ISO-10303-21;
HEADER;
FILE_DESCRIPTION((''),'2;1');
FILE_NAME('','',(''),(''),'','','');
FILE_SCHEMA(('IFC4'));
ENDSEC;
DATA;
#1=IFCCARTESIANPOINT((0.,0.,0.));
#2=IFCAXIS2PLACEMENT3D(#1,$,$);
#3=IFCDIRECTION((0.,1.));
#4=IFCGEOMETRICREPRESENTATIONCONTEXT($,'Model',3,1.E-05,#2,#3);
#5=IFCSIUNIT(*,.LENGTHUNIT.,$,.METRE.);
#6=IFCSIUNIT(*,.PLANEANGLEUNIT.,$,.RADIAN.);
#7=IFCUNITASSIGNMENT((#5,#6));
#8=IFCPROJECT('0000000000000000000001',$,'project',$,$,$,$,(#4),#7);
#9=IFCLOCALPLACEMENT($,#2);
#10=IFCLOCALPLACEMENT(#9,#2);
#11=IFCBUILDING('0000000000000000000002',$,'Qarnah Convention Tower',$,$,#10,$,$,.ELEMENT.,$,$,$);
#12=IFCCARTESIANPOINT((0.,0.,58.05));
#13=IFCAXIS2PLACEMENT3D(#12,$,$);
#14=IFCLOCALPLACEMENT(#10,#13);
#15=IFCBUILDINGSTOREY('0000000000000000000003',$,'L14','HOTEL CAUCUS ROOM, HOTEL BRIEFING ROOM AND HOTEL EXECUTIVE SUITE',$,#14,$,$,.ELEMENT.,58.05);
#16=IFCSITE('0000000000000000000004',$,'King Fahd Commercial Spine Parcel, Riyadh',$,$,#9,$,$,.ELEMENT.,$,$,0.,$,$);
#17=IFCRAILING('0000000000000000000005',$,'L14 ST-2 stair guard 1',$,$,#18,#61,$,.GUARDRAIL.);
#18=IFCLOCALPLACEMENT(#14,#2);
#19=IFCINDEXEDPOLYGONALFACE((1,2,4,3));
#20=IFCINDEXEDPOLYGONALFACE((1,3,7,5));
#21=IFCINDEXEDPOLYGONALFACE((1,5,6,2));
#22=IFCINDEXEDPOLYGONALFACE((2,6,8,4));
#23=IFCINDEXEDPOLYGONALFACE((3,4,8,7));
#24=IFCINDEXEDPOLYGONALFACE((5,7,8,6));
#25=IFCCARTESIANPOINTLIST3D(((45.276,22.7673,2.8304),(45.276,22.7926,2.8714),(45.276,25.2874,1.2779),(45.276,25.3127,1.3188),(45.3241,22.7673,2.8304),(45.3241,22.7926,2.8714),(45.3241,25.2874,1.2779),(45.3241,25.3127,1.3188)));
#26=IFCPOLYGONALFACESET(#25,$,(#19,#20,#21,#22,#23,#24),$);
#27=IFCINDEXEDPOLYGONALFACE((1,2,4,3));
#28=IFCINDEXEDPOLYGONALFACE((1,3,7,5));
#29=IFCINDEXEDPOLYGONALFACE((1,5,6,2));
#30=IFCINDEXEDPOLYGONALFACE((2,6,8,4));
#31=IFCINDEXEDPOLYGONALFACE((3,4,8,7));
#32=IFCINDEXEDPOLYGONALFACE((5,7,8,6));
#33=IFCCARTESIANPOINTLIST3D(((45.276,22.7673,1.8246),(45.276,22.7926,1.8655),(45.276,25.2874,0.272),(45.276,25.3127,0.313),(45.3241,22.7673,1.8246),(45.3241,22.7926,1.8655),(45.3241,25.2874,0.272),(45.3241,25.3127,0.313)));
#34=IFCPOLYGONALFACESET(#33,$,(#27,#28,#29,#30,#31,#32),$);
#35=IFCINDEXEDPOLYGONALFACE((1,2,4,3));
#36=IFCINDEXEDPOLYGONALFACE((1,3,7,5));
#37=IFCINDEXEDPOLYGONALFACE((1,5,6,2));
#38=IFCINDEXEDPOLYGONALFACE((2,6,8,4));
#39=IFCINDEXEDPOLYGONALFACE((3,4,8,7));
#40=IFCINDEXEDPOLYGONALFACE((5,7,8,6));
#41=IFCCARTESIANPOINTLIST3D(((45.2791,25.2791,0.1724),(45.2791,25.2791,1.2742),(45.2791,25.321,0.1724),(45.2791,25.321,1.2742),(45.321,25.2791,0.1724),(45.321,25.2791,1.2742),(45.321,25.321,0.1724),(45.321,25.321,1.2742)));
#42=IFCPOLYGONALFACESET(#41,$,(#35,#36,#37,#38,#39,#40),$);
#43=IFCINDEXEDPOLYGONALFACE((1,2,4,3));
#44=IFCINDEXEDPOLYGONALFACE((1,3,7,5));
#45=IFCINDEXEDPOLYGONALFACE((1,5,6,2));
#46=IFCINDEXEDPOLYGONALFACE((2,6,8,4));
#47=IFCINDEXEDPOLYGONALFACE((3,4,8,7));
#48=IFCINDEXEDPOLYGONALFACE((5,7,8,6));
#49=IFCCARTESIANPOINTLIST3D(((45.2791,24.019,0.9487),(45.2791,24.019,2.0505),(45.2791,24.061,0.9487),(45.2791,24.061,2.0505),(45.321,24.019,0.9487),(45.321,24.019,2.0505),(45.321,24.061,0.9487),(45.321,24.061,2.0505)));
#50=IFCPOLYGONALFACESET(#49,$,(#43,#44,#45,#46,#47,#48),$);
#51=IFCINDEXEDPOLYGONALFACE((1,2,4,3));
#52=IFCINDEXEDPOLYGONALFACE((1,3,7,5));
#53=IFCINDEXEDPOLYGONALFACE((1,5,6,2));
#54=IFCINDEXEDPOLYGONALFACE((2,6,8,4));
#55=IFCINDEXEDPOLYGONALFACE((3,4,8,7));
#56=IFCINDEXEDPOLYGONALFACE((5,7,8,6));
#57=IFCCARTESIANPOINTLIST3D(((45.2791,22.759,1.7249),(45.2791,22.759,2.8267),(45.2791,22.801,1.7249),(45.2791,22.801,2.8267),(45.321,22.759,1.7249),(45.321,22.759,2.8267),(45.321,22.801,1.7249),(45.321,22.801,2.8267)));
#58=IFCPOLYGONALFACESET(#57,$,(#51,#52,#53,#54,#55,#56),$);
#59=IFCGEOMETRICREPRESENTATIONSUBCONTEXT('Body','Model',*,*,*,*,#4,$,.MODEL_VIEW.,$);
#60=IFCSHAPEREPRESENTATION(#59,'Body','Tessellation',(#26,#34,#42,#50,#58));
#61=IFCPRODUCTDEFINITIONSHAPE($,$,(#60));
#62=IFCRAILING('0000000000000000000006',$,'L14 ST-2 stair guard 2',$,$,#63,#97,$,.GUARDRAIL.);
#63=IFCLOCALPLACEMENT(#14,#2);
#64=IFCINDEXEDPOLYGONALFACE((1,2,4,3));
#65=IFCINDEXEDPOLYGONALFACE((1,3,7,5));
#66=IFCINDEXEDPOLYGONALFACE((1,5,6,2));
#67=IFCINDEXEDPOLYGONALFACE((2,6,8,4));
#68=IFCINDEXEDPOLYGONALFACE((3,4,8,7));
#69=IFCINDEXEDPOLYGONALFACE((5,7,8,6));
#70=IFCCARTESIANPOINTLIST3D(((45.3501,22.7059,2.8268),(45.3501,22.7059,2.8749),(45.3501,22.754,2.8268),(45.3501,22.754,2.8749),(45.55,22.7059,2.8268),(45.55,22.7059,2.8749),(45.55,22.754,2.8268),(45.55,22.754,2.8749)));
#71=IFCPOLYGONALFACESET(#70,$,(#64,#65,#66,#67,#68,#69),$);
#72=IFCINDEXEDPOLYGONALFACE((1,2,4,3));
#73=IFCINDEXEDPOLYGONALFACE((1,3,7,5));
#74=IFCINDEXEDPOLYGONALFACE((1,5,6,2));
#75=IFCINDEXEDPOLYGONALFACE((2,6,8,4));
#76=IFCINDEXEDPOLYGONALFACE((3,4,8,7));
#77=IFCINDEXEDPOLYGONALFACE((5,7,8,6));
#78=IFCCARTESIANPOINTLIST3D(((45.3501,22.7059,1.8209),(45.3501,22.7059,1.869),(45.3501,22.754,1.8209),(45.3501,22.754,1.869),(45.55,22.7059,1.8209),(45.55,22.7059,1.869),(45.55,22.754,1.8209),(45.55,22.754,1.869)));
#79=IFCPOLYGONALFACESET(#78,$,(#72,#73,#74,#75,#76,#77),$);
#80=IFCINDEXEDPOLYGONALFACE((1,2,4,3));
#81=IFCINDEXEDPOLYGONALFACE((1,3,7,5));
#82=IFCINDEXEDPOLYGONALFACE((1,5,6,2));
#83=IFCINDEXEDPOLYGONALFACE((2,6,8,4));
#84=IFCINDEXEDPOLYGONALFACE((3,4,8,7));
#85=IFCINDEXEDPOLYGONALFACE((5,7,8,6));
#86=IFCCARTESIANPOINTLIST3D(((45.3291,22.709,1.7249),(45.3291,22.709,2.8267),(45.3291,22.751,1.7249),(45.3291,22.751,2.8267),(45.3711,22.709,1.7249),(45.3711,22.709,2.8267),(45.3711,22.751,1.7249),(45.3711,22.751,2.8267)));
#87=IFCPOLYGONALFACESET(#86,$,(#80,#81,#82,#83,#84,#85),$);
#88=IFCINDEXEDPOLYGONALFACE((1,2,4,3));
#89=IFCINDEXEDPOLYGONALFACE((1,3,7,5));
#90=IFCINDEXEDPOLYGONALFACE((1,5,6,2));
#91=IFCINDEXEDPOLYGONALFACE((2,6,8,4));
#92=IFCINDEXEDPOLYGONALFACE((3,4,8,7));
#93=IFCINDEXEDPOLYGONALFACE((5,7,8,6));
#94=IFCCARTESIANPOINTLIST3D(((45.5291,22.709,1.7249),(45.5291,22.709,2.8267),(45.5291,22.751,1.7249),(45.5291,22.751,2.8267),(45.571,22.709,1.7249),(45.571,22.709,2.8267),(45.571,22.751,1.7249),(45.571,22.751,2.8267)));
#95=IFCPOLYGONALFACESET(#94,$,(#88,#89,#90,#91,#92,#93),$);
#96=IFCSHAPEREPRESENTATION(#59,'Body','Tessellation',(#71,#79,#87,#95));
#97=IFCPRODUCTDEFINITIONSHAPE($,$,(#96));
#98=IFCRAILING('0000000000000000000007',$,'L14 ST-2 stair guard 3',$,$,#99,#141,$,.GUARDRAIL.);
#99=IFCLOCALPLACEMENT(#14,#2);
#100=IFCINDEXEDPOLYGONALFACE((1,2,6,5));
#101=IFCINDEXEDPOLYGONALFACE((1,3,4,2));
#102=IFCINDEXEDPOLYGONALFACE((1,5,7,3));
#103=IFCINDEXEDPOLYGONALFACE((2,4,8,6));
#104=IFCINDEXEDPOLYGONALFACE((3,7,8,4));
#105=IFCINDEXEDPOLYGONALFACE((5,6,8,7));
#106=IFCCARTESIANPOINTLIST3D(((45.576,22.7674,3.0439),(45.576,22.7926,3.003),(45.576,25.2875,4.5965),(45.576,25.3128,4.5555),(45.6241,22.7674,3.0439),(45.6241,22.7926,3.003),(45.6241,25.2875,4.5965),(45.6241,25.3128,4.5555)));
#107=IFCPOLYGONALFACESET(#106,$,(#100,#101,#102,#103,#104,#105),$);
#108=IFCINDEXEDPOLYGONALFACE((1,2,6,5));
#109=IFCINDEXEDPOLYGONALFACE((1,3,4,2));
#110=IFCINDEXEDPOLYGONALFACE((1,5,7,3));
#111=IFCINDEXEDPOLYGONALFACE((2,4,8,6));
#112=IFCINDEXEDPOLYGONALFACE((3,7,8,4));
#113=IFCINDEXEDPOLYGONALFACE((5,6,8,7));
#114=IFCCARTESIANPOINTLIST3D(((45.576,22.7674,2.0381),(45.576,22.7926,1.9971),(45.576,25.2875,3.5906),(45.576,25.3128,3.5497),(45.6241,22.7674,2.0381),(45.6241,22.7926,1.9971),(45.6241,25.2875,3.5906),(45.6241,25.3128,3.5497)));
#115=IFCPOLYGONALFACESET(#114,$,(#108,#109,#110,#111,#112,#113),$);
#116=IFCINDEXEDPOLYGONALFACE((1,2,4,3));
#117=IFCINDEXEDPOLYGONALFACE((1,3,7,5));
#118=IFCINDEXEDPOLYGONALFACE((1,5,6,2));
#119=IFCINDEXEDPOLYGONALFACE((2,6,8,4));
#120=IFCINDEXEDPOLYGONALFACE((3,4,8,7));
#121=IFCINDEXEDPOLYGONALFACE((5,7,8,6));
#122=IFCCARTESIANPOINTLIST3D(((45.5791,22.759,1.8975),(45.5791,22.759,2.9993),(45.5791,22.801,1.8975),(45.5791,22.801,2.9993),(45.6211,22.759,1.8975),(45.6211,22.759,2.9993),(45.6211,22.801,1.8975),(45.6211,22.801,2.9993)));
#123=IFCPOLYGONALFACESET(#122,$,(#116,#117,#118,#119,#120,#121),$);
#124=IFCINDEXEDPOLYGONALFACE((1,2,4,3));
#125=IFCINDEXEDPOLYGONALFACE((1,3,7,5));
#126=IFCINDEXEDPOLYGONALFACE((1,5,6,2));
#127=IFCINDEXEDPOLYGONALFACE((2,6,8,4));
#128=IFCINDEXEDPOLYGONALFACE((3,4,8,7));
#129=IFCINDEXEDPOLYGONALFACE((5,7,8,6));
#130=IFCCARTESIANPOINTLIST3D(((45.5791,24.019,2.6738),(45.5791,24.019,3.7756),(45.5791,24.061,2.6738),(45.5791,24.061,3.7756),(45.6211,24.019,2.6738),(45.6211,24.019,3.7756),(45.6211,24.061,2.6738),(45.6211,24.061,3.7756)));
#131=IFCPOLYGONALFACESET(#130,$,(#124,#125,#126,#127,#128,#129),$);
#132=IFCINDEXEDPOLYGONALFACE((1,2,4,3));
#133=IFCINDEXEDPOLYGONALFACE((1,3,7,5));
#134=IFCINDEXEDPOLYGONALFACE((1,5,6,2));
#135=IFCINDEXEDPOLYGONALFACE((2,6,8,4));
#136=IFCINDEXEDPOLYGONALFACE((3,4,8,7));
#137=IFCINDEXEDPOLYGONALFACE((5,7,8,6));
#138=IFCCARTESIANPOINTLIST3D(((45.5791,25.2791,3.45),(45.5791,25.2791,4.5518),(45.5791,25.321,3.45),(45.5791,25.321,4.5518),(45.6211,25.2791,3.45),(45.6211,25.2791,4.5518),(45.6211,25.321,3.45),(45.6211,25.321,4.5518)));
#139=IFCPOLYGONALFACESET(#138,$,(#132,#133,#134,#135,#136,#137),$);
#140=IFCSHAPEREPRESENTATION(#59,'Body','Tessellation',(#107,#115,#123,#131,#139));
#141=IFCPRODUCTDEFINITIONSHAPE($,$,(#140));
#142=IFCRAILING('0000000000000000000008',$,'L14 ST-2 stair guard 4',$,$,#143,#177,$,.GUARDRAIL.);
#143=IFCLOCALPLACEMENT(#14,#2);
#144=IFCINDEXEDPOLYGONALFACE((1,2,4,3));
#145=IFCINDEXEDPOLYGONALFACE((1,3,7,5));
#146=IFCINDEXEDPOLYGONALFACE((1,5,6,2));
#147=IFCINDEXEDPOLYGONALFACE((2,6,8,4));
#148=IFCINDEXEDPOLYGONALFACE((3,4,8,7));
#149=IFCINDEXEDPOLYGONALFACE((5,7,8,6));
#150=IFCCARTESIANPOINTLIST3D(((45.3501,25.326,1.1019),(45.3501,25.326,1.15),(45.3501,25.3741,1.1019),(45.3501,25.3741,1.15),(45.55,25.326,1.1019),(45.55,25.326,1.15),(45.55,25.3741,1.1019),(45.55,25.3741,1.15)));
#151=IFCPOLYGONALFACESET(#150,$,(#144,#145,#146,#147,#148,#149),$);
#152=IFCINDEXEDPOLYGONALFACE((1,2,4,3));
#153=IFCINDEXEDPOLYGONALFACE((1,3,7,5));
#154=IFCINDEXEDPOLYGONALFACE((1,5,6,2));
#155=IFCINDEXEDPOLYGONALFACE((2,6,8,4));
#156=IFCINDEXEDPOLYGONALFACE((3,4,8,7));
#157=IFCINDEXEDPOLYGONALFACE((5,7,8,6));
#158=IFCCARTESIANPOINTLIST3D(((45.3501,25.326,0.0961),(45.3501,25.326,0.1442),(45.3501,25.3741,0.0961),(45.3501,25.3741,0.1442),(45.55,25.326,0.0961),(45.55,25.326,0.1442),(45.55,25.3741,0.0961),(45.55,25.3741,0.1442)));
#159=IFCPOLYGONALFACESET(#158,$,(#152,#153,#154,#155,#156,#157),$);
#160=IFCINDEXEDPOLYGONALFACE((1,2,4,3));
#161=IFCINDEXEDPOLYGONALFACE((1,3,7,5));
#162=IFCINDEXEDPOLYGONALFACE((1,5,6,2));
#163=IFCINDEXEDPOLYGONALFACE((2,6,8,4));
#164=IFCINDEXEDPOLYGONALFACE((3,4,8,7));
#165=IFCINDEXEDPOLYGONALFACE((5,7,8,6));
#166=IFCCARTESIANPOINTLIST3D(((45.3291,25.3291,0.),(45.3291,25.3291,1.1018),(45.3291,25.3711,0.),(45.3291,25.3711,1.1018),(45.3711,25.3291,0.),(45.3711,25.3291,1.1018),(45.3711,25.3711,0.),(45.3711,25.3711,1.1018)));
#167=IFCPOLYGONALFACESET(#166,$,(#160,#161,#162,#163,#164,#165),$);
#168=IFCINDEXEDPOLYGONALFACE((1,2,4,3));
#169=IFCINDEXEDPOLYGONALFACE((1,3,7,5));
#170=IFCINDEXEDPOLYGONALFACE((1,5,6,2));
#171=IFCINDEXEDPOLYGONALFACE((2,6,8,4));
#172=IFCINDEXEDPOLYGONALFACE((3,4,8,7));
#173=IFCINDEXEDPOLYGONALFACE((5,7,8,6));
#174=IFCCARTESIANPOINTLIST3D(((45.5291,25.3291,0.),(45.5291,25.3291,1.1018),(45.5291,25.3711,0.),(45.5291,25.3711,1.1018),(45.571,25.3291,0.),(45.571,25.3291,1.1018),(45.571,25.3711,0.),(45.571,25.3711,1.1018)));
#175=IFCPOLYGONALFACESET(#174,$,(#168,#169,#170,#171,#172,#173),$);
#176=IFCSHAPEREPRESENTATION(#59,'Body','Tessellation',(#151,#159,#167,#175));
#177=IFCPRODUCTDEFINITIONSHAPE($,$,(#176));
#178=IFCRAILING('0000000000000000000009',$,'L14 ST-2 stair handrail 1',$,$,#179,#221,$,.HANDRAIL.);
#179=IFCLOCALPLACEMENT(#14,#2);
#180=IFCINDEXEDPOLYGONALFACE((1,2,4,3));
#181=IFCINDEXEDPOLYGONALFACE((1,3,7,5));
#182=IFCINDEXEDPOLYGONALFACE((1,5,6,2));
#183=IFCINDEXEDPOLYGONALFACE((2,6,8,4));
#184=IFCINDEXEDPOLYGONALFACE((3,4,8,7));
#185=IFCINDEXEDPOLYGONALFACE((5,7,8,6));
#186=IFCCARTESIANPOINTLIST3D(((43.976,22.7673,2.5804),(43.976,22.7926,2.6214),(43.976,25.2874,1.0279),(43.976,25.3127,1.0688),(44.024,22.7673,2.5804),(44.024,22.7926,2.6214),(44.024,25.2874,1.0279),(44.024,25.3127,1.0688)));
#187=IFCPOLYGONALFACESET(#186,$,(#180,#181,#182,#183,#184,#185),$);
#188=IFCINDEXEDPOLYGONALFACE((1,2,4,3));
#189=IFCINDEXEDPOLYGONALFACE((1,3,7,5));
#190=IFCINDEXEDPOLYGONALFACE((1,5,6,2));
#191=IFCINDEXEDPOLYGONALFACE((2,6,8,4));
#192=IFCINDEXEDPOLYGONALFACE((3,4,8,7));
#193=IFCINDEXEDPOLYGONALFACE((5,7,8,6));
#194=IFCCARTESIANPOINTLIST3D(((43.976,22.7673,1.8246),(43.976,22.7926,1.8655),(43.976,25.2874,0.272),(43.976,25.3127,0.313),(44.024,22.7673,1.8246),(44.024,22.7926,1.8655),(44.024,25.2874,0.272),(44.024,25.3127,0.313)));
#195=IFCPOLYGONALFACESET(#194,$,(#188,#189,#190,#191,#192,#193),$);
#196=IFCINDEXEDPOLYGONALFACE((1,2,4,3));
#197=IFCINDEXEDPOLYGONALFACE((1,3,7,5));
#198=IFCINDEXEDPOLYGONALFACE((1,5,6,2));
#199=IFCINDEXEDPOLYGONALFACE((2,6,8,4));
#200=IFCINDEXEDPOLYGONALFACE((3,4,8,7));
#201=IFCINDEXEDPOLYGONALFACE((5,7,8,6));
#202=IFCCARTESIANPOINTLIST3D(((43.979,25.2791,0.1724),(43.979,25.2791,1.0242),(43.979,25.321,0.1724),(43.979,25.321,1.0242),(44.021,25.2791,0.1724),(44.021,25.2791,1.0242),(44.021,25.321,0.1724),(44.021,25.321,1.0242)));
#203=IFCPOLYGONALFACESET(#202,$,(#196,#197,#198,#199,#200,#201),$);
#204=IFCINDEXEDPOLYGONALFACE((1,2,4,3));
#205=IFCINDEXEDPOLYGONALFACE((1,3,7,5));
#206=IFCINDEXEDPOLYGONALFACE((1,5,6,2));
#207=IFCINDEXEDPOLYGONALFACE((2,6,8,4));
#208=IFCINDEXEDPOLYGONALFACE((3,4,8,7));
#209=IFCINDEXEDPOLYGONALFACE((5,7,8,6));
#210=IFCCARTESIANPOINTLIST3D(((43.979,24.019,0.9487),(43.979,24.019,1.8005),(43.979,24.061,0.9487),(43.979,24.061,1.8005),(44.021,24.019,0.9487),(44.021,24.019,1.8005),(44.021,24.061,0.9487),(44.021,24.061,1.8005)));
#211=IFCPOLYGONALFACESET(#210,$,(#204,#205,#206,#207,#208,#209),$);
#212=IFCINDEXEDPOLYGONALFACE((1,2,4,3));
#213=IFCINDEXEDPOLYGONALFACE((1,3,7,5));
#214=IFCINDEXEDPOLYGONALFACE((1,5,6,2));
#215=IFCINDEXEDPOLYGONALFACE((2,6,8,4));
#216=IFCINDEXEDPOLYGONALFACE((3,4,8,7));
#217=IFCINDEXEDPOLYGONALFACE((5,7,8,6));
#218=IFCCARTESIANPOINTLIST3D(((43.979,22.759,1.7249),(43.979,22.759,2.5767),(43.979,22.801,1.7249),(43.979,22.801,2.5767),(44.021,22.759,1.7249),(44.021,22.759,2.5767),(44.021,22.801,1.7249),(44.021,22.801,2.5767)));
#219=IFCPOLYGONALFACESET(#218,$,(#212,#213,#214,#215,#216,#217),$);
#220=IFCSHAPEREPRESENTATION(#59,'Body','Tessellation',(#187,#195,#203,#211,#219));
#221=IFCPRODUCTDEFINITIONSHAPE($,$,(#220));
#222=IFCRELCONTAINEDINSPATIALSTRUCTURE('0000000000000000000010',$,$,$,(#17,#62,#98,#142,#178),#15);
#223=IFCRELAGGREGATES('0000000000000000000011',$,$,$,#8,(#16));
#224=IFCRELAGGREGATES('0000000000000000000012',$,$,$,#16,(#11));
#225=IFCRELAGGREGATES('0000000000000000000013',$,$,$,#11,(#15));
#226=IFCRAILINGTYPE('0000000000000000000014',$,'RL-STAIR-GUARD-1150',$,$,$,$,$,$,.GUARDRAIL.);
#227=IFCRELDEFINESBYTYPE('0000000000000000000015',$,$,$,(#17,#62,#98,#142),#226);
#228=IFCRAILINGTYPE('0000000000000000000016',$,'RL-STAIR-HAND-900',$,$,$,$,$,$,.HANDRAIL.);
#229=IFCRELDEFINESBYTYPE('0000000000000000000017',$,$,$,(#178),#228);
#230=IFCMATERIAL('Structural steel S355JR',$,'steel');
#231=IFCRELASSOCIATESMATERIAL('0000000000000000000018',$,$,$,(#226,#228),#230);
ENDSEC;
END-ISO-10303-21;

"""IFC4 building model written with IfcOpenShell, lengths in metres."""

from ifc_helpers import new_model, si_unit, direction, frame, origin, origin_2d, place, context, subcontext, project, spatial, rectangle, extrude, material, type_object, element, save


model = new_model("IFC4")

# Units and contexts
model_context = context("Model", 3, precision=1e-05, world=origin(), true_north=direction((0.0, 1.0)))
body_context = subcontext(model_context, "Body", "Model", "MODEL_VIEW")
ifc_project = project(units=[si_unit("LENGTHUNIT", "METRE"), si_unit("PLANEANGLEUNIT", "RADIAN")], contexts=[model_context])

# Site, building, storey
site_placement = place(None, origin())
site = spatial("IfcSite", under=ifc_project, at=site_placement, Name="King Fahd Commercial Spine Parcel, Riyadh", CompositionType="ELEMENT", RefElevation=0.0)
building_placement = place(site_placement, origin())
building = spatial("IfcBuilding", under=site, at=building_placement, Name="Qarnah Convention Tower", CompositionType="ELEMENT")
storey_placement = place(building_placement, frame((0.0, 0.0, 58.05)))
storey = spatial("IfcBuildingStorey", under=building, at=storey_placement, Name="L14", Description="HOTEL CAUCUS ROOM, HOTEL BRIEFING ROOM AND HOTEL EXECUTIVE SUITE", CompositionType="ELEMENT", Elevation=58.05)

# Shared definitions
ifc_material_1 = material(Name="Structural steel S355JR", Category="steel")

# Railings
railing_type_1 = type_object("IfcRailingType", Name="RL-STAIR-GUARD-1150", PredefinedType="GUARDRAIL", material=ifc_material_1)
railing_1_placement = place(storey_placement, frame((45.3, 25.3, 0.1724)))
element("IfcRailing", 1, at=railing_1_placement, inside=storey, type_object=railing_type_1, Name="L14 ST-2 stair guard 1", PredefinedType="GUARDRAIL", context=body_context, shape_type="SweptSolid", body=[
    extrude(rectangle(XDim=0.0481, YDim=0.0481, at=origin_2d()), frame((0.0, 0.0, 1.126), z_axis=(0.0, -0.8514, 0.524516), x_axis=(1.0, 0.0, 0.0)), (0.0, 0.0, 1.0), 2.96),
    extrude(rectangle(XDim=0.0481, YDim=0.0481, at=origin_2d()), frame((0.0, 0.0, 0.1201), z_axis=(0.0, -0.8514, 0.524516), x_axis=(1.0, 0.0, 0.0)), (0.0, 0.0, 1.0), 2.96),
    extrude(rectangle(XDim=0.042, YDim=0.042, at=origin_2d()), origin(), (0.0, 0.0, 1.0), 1.1018),
    extrude(rectangle(XDim=0.042, YDim=0.042, at=origin_2d()), frame((0.0, -1.26, 0.7764)), (0.0, 0.0, 1.0), 1.1018),
    extrude(rectangle(XDim=0.042, YDim=0.042, at=origin_2d()), frame((0.0, -2.52, 1.5525)), (0.0, 0.0, 1.0), 1.1018),
])
railing_2_placement = place(storey_placement, frame((45.3501, 22.73, 1.7249)))
element("IfcRailing", 2, at=railing_2_placement, inside=storey, type_object=railing_type_1, Name="L14 ST-2 stair guard 2", PredefinedType="GUARDRAIL", context=body_context, shape_type="SweptSolid", body=[
    extrude(rectangle(XDim=0.0481, YDim=0.0481, at=origin_2d()), frame((0.0, 0.0, 1.126), z_axis=(1.0, 0.0, 0.0), x_axis=(0.0, 1.0, 0.0)), (0.0, 0.0, 1.0), 0.2),
    extrude(rectangle(XDim=0.0481, YDim=0.0481, at=origin_2d()), frame((0.0, 0.0, 0.1201), z_axis=(1.0, 0.0, 0.0), x_axis=(0.0, 1.0, 0.0)), (0.0, 0.0, 1.0), 0.2),
    extrude(rectangle(XDim=0.042, YDim=0.042, at=origin_2d()), origin(), (0.0, 0.0, 1.0), 1.1018),
    extrude(rectangle(XDim=0.042, YDim=0.042, at=origin_2d()), frame((0.2, 0.0, 0.0)), (0.0, 0.0, 1.0), 1.1018),
])
railing_3_placement = place(storey_placement, frame((45.6001, 22.78, 1.8975)))
element("IfcRailing", 3, at=railing_3_placement, inside=storey, type_object=railing_type_1, Name="L14 ST-2 stair guard 3", PredefinedType="GUARDRAIL", context=body_context, shape_type="SweptSolid", body=[
    extrude(rectangle(XDim=0.0481, YDim=0.0481, at=origin_2d()), frame((0.0, 0.0, 1.126), z_axis=(0.0, 0.8514, 0.524516), x_axis=(-1.0, 0.0, 0.0)), (0.0, 0.0, 1.0), 2.96),
    extrude(rectangle(XDim=0.0481, YDim=0.0481, at=origin_2d()), frame((0.0, 0.0, 0.1201), z_axis=(0.0, 0.8514, 0.524516), x_axis=(-1.0, 0.0, 0.0)), (0.0, 0.0, 1.0), 2.96),
    extrude(rectangle(XDim=0.042, YDim=0.042, at=origin_2d()), origin(), (0.0, 0.0, 1.0), 1.1018),
    extrude(rectangle(XDim=0.042, YDim=0.042, at=origin_2d()), frame((0.0, 1.26, 0.7764)), (0.0, 0.0, 1.0), 1.1018),
    extrude(rectangle(XDim=0.042, YDim=0.042, at=origin_2d()), frame((0.0, 2.52, 1.5525)), (0.0, 0.0, 1.0), 1.1018),
])
railing_4_placement = place(storey_placement, frame((45.3501, 25.3501, 0.0)))
element("IfcRailing", 4, at=railing_4_placement, inside=storey, type_object=railing_type_1, Name="L14 ST-2 stair guard 4", PredefinedType="GUARDRAIL", context=body_context, shape_type="SweptSolid", body=[
    extrude(rectangle(XDim=0.0481, YDim=0.0481, at=origin_2d()), frame((0.0, 0.0, 1.126), z_axis=(1.0, 0.0, 0.0), x_axis=(0.0, 1.0, 0.0)), (0.0, 0.0, 1.0), 0.2),
    extrude(rectangle(XDim=0.0481, YDim=0.0481, at=origin_2d()), frame((0.0, 0.0, 0.1201), z_axis=(1.0, 0.0, 0.0), x_axis=(0.0, 1.0, 0.0)), (0.0, 0.0, 1.0), 0.2),
    extrude(rectangle(XDim=0.042, YDim=0.042, at=origin_2d()), origin(), (0.0, 0.0, 1.0), 1.1018),
    extrude(rectangle(XDim=0.042, YDim=0.042, at=origin_2d()), frame((0.2, 0.0, 0.0)), (0.0, 0.0, 1.0), 1.1018),
])
railing_type_2 = type_object("IfcRailingType", Name="RL-STAIR-HAND-900", PredefinedType="HANDRAIL", material=ifc_material_1)
railing_5_placement = place(storey_placement, frame((44.0, 25.3, 0.1724)))
element("IfcRailing", 5, at=railing_5_placement, inside=storey, type_object=railing_type_2, Name="L14 ST-2 stair handrail 1", PredefinedType="HANDRAIL", context=body_context, shape_type="SweptSolid", body=[
    extrude(rectangle(XDim=0.0481, YDim=0.0481, at=origin_2d()), frame((0.0, 0.0, 0.876), z_axis=(0.0, -0.8514, 0.524516), x_axis=(1.0, 0.0, 0.0)), (0.0, 0.0, 1.0), 2.96),
    extrude(rectangle(XDim=0.0481, YDim=0.0481, at=origin_2d()), frame((0.0, 0.0, 0.1201), z_axis=(0.0, -0.8514, 0.524516), x_axis=(1.0, 0.0, 0.0)), (0.0, 0.0, 1.0), 2.96),
    extrude(rectangle(XDim=0.042, YDim=0.042, at=origin_2d()), origin(), (0.0, 0.0, 1.0), 0.8518),
    extrude(rectangle(XDim=0.042, YDim=0.042, at=origin_2d()), frame((0.0, -1.26, 0.7764)), (0.0, 0.0, 1.0), 0.8518),
    extrude(rectangle(XDim=0.042, YDim=0.042, at=origin_2d()), frame((0.0, -2.52, 1.5525)), (0.0, 0.0, 1.0), 0.8518),
])

save(model, "model.ifc")
